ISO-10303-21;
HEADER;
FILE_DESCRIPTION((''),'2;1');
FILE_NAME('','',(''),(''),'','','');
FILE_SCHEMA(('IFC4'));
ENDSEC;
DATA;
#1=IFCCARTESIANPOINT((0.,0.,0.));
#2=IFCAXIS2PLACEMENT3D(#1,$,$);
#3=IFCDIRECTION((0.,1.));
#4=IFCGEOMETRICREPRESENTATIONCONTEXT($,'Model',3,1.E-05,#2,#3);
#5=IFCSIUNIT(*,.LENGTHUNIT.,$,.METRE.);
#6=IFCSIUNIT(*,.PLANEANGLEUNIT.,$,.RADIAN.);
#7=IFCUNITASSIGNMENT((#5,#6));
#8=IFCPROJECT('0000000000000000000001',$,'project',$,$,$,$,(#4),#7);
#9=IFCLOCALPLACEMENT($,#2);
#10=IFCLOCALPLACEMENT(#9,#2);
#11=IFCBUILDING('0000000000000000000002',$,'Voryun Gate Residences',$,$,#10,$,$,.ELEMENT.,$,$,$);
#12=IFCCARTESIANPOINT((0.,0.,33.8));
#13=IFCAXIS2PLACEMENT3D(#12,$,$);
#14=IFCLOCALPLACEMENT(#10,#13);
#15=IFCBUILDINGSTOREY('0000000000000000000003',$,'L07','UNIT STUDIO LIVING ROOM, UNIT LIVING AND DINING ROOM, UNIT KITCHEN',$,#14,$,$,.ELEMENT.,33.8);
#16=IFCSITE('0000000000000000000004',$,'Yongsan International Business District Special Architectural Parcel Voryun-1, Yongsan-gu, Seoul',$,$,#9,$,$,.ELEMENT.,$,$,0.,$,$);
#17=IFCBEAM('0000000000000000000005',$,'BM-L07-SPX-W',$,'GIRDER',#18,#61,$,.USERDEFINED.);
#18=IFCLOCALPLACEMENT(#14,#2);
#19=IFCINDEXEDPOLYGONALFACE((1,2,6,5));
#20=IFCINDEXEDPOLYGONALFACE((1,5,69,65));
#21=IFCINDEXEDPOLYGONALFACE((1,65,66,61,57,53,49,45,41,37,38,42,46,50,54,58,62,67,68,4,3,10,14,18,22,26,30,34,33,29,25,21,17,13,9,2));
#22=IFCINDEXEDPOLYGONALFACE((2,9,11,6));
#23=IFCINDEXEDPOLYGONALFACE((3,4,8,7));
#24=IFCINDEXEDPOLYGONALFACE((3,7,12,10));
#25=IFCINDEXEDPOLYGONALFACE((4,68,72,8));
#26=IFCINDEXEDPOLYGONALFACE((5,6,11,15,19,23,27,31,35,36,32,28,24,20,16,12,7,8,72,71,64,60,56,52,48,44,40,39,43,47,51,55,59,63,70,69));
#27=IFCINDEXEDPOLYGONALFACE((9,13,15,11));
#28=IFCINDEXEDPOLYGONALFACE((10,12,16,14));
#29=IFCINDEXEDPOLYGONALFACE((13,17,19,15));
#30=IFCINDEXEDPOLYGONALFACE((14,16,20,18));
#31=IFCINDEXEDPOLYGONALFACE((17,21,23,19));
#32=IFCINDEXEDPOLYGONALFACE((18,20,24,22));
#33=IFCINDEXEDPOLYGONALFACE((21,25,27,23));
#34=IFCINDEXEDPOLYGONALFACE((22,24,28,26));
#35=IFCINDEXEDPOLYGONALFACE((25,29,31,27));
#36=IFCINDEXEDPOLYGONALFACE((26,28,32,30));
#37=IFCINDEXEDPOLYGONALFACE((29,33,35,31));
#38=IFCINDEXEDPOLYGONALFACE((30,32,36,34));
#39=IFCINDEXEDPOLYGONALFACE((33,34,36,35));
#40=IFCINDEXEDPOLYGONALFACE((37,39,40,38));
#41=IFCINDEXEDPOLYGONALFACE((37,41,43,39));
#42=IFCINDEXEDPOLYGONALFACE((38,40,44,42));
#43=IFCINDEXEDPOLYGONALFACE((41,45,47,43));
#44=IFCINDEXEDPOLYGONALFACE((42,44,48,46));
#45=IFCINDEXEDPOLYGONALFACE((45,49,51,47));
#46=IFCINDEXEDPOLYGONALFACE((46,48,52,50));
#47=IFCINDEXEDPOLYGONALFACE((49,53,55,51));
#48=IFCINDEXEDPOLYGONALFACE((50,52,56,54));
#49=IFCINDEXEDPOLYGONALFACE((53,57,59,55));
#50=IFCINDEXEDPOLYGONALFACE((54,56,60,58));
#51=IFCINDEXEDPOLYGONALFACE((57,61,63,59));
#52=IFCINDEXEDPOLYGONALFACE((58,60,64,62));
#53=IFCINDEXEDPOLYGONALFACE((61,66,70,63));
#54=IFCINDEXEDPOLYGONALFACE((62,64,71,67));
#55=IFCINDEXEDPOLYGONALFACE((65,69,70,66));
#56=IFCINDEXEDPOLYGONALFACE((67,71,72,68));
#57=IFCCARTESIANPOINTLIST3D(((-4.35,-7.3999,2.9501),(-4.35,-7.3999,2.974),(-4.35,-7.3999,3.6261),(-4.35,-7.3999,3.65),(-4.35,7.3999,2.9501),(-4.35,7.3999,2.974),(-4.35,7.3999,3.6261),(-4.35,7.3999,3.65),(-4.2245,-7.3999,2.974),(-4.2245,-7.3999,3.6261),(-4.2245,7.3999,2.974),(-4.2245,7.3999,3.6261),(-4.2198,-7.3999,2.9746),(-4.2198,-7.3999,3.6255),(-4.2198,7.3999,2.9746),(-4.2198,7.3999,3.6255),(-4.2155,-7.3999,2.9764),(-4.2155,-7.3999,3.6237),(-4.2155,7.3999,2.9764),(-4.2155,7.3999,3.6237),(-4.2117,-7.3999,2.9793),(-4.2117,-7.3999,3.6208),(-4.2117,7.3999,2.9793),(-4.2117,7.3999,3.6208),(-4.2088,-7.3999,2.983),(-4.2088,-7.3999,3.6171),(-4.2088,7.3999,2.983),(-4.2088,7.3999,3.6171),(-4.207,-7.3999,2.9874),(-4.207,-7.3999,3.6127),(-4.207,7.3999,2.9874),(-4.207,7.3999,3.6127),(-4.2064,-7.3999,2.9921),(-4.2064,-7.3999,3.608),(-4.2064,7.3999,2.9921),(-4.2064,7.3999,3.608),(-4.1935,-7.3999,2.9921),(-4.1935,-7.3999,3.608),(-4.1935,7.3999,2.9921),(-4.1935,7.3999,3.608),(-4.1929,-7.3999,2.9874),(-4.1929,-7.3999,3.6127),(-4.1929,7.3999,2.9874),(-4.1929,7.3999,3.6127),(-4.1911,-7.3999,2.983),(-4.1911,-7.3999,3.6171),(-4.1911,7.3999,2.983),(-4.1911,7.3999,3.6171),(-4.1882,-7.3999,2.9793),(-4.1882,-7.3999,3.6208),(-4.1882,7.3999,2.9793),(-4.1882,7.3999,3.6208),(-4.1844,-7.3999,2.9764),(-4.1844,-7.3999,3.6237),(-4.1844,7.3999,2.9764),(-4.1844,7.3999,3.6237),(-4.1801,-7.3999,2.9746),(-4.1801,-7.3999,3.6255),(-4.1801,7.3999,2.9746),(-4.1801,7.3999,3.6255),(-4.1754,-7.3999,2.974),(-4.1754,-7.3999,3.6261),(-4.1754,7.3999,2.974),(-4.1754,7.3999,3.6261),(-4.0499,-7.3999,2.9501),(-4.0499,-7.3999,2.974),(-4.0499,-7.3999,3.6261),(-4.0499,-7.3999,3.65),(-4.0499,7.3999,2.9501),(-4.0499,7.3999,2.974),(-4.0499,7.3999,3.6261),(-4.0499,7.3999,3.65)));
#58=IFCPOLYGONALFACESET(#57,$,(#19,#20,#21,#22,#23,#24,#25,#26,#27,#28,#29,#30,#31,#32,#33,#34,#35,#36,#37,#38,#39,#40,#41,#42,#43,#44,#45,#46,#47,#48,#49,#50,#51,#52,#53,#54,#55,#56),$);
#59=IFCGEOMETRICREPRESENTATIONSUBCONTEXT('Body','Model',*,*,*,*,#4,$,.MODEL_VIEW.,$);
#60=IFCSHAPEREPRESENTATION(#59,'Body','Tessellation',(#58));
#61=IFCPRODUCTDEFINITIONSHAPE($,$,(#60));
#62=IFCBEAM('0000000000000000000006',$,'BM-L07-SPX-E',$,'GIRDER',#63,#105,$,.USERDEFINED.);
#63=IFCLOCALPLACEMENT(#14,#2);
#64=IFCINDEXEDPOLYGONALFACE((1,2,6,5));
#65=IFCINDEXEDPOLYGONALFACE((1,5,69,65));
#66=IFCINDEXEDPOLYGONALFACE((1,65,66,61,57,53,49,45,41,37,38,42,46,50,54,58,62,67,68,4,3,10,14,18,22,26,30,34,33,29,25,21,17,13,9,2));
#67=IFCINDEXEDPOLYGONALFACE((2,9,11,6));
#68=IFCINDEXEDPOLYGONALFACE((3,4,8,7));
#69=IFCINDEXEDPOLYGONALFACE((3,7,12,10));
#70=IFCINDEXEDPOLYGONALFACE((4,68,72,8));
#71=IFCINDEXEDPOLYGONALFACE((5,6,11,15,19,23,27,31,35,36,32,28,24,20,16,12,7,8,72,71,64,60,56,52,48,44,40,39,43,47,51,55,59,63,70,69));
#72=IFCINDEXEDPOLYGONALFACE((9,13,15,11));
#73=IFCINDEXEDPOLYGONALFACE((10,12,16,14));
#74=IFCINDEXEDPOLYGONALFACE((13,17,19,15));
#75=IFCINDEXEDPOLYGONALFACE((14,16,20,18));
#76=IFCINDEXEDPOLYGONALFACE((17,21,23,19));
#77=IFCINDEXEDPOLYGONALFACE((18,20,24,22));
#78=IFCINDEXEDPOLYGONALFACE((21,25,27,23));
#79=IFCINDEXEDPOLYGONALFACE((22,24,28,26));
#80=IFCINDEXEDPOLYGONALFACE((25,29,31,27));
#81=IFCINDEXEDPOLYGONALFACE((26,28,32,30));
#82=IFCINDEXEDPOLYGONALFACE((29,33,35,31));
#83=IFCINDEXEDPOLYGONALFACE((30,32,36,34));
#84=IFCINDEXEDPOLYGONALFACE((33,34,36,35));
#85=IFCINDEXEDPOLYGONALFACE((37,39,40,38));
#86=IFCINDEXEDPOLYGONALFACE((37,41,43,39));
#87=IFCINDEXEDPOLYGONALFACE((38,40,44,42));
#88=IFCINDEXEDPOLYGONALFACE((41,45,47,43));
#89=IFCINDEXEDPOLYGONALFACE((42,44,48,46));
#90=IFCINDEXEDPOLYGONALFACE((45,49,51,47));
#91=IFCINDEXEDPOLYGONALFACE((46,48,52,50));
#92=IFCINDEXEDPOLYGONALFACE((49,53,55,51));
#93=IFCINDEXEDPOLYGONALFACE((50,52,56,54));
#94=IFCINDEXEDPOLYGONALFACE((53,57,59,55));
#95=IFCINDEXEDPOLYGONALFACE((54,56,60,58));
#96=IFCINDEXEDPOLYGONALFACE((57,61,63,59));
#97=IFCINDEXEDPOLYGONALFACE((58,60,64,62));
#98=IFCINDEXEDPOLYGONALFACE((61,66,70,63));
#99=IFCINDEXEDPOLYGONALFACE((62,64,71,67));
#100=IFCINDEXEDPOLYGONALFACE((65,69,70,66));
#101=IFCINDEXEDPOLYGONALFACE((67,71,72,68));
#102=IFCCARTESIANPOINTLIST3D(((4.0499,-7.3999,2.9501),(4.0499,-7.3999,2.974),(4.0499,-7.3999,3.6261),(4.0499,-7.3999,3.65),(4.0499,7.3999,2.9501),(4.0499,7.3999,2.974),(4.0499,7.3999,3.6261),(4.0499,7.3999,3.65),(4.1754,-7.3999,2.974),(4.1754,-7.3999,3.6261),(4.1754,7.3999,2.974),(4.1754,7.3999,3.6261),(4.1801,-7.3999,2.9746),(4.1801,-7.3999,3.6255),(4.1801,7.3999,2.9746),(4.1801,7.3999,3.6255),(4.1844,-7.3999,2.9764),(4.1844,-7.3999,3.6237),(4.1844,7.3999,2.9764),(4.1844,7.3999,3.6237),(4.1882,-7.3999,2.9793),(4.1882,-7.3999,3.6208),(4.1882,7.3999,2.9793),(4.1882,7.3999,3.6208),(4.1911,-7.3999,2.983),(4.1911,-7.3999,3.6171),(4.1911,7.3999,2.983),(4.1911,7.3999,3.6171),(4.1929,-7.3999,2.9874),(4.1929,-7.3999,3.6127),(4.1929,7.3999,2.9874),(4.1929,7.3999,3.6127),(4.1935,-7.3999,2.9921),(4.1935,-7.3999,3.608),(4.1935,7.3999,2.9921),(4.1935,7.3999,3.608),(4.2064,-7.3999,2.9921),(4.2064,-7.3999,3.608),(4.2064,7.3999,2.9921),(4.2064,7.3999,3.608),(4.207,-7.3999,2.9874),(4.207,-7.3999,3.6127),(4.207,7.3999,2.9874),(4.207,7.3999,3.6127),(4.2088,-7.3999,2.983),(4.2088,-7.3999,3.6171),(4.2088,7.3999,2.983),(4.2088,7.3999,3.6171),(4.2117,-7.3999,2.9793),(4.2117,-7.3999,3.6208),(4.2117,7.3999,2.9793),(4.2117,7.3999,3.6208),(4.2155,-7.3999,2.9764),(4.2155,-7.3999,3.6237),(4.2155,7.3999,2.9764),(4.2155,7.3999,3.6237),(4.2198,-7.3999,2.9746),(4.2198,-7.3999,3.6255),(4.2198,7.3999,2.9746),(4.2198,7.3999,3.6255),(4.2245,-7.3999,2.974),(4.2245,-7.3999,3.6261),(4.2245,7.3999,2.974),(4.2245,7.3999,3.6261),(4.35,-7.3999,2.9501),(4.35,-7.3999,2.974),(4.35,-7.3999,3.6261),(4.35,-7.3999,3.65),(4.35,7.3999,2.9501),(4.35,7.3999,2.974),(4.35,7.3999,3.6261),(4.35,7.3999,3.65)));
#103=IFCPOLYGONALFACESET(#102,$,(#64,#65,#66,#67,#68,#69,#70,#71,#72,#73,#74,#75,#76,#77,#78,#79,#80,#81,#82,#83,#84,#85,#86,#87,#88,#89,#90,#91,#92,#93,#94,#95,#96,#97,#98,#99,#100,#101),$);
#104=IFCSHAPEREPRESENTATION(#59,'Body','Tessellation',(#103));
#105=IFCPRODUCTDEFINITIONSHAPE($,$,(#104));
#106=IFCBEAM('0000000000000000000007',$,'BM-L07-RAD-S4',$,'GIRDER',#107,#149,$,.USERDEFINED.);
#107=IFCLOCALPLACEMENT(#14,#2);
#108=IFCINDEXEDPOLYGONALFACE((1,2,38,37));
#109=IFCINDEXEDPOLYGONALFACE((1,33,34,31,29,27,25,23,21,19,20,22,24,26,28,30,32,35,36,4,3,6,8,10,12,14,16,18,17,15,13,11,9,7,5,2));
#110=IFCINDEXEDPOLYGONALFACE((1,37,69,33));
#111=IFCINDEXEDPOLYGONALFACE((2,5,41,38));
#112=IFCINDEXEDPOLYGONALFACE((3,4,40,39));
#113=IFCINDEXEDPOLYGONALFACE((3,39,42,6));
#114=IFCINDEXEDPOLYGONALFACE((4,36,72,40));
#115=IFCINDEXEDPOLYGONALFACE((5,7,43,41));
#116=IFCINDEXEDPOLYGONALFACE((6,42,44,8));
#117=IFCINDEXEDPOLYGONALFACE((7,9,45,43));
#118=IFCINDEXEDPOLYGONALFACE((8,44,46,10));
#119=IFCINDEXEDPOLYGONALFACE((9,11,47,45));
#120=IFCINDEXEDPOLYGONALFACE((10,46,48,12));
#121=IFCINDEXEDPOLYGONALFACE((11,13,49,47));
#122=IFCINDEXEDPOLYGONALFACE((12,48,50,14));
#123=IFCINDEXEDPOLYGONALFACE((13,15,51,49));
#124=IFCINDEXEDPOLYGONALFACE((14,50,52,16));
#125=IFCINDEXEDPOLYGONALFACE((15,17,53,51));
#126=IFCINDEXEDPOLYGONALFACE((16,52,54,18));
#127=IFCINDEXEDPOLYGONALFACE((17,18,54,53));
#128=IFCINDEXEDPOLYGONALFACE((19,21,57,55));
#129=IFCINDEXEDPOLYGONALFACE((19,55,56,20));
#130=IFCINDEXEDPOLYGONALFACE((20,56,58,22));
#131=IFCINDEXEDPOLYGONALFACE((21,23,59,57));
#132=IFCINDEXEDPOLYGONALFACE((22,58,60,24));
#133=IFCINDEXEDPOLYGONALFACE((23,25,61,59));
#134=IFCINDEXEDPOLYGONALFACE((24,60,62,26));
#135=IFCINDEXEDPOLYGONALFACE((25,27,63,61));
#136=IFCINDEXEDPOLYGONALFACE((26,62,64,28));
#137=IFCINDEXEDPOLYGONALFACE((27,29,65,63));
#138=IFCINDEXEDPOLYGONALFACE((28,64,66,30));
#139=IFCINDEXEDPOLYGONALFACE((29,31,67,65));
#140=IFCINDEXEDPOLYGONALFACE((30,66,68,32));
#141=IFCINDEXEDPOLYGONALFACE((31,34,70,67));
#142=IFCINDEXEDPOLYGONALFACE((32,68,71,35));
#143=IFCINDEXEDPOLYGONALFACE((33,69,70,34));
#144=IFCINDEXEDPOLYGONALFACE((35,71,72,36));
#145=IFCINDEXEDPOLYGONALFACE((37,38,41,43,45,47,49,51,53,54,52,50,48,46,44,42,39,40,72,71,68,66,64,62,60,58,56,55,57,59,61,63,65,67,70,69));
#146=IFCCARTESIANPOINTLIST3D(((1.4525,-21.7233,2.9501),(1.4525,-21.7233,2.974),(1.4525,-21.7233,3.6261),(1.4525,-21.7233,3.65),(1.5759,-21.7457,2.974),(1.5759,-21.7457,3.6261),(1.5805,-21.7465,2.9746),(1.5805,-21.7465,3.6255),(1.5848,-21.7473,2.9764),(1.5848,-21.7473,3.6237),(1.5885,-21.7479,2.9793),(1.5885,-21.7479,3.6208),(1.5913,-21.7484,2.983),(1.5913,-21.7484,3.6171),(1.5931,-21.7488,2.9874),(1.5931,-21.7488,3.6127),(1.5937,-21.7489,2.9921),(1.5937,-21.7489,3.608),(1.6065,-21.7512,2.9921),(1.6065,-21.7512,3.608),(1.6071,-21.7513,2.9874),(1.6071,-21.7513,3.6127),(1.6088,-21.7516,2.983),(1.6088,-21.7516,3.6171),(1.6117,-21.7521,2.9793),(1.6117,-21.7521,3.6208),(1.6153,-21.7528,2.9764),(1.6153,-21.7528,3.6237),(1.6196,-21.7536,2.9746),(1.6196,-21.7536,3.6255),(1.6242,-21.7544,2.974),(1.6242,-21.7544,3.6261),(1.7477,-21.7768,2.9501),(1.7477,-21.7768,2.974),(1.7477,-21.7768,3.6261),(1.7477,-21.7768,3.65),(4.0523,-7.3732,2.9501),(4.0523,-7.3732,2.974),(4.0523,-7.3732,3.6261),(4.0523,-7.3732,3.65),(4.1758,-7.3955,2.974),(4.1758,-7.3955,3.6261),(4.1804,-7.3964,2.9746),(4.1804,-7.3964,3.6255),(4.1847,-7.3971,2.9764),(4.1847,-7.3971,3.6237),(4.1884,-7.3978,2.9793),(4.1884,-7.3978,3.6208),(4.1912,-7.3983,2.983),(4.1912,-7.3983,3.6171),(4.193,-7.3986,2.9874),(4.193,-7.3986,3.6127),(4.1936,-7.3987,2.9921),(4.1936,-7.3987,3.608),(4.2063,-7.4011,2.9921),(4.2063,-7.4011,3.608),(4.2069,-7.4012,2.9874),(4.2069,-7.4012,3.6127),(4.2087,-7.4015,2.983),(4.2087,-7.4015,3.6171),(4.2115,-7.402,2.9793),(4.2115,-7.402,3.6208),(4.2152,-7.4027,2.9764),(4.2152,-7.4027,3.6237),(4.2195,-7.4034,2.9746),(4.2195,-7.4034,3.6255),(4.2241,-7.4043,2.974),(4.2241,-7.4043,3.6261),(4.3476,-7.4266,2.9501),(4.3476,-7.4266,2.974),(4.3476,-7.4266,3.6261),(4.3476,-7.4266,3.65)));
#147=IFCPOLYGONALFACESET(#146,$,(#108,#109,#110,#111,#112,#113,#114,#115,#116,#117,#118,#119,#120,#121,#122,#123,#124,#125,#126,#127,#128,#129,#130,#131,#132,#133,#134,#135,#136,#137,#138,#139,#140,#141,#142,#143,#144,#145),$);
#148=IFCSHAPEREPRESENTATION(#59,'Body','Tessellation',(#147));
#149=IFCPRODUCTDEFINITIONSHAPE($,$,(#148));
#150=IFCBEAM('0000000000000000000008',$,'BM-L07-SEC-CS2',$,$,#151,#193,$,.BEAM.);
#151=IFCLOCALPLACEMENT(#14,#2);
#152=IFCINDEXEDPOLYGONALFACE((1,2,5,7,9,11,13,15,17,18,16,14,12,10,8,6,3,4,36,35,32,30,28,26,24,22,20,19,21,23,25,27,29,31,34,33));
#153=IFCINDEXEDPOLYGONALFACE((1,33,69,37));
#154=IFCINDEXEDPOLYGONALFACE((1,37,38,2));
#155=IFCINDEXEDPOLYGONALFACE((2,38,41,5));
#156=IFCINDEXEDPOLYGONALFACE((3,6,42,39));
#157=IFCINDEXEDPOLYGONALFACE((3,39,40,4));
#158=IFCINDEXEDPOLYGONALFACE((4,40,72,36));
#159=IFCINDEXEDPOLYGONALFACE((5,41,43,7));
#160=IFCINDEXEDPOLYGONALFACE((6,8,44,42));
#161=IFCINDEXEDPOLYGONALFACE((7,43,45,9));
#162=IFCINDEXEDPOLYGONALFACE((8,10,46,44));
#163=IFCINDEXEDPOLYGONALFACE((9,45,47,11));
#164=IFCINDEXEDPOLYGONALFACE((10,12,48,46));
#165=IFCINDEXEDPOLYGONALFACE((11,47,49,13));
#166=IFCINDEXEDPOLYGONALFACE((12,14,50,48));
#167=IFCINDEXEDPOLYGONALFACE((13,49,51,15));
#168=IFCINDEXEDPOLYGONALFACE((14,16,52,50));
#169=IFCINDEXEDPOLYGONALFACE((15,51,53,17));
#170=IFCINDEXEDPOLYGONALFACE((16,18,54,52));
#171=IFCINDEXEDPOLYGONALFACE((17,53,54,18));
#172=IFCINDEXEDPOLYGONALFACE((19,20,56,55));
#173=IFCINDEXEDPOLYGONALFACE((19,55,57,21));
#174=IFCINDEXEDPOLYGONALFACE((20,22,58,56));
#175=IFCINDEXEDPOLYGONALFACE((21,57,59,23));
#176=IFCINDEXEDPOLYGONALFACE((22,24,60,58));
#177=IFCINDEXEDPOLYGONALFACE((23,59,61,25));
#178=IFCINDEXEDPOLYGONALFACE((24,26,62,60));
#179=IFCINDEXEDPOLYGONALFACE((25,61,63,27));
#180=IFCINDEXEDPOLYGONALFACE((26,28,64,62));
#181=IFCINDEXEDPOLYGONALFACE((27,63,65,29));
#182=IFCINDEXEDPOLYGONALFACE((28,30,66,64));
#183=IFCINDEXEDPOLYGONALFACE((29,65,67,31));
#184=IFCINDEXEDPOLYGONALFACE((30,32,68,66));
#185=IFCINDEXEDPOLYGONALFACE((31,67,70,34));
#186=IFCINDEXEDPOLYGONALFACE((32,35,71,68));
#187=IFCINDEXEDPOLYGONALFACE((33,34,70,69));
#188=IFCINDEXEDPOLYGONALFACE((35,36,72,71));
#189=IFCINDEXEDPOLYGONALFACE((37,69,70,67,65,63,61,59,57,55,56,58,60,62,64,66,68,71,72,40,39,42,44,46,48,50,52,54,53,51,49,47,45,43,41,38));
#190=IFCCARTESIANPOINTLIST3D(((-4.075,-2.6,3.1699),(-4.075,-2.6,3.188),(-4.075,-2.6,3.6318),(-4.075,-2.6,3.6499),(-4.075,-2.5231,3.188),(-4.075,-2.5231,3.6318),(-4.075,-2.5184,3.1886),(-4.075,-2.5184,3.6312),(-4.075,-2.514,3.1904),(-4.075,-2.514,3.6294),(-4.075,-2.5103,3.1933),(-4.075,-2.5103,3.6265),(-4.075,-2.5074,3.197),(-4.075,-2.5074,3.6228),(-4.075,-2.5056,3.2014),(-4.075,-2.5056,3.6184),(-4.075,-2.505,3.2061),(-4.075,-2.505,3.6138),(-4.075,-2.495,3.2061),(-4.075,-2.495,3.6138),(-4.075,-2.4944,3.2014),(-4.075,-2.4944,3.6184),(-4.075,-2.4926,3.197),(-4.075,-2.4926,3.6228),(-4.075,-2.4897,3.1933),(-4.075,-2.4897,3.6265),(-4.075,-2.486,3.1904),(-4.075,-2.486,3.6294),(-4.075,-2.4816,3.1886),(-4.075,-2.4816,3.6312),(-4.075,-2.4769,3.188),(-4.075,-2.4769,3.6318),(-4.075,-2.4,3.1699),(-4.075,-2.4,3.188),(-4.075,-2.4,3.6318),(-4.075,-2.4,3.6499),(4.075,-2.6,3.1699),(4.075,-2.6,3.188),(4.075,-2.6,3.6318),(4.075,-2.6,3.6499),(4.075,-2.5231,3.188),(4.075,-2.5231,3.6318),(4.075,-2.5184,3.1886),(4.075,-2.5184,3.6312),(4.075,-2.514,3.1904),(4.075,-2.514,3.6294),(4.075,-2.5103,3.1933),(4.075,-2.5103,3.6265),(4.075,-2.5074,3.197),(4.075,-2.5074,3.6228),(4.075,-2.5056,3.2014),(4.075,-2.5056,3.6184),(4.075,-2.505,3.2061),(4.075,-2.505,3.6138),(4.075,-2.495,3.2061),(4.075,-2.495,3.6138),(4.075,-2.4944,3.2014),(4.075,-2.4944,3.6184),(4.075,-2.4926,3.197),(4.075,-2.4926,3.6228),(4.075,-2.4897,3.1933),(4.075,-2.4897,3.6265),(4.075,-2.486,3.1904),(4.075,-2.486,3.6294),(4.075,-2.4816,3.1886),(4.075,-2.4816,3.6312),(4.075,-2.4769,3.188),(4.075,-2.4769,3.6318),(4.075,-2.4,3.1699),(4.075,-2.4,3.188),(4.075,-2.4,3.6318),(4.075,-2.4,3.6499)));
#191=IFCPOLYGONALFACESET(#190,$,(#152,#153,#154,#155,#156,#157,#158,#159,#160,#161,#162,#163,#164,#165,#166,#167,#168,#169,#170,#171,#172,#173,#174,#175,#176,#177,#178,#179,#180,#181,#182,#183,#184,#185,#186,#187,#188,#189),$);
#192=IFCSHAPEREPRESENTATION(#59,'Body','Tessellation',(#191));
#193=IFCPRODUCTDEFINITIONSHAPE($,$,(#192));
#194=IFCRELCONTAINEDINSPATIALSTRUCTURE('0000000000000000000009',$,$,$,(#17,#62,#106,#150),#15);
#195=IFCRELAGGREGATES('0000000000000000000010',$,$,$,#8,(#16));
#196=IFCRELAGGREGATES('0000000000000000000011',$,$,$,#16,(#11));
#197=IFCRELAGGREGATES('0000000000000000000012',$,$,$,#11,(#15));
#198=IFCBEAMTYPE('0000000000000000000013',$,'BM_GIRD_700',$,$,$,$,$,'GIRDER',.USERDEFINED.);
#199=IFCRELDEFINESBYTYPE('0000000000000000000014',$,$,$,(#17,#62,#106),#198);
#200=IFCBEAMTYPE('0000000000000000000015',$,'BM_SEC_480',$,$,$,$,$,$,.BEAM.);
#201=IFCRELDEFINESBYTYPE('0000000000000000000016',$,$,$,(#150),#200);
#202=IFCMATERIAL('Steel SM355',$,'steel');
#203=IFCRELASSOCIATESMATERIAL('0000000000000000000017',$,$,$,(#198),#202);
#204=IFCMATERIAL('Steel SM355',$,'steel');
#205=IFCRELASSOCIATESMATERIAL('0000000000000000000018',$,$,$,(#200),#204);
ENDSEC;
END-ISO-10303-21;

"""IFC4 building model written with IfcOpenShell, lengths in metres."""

from ifc_helpers import new_model, si_unit, direction, frame, origin, origin_2d, place, context, subcontext, project, spatial, i_section, extrude, material, material_profile, profile_set, type_object, element, save


model = new_model("IFC4")

# Units and contexts
model_context = context("Model", 3, precision=1e-05, world=origin(), true_north=direction((0.0, 1.0)))
body_context = subcontext(model_context, "Body", "Model", "MODEL_VIEW")
ifc_project = project(units=[si_unit("LENGTHUNIT", "METRE"), si_unit("PLANEANGLEUNIT", "RADIAN")], contexts=[model_context])

# Site, building, storey
site_placement = place(None, origin())
site = spatial("IfcSite", under=ifc_project, at=site_placement, Name="Yongsan International Business District Special Architectural Parcel Voryun-1, Yongsan-gu, Seoul", CompositionType="ELEMENT", RefElevation=0.0)
building_placement = place(site_placement, origin())
building = spatial("IfcBuilding", under=site, at=building_placement, Name="Voryun Gate Residences", CompositionType="ELEMENT")
storey_placement = place(building_placement, frame((0.0, 0.0, 33.8)))
storey = spatial("IfcBuildingStorey", under=building, at=storey_placement, Name="L07", Description="UNIT STUDIO LIVING ROOM, UNIT LIVING AND DINING ROOM, UNIT KITCHEN", CompositionType="ELEMENT", Elevation=33.8)

# Beams
ifc_material_1 = material(Name="Steel SM355", Category="steel")
ifc_material_profile_1 = material_profile(ifc_material_1, i_section(OverallWidth=0.3, OverallDepth=0.7, WebThickness=0.0129, FlangeThickness=0.0239, FilletRadius=0.0181, at=origin_2d()), Name="H-700x300x13x24")
ifc_profile_set_1 = profile_set([ifc_material_profile_1], Name="Steel SM355")
beam_type_1 = type_object("IfcBeamType", Name="BM_GIRD_700", ElementType="GIRDER", PredefinedType="USERDEFINED", material=ifc_profile_set_1)
for number, where, z_axis, x_axis, name in (
    (1, (-4.2, -7.3999, 3.3), (0.0, 1.0, 0.0), (-1.0, 0.0, 0.0), "BM-L07-SPX-W"),
    (2, (4.2, -7.3999, 3.3), (0.0, 1.0, 0.0), (-1.0, 0.0, 0.0), "BM-L07-SPX-E"),
):
    element("IfcBeam", number, at=place(storey_placement, frame(where, z_axis=z_axis, x_axis=x_axis)), inside=storey, type_object=beam_type_1, Name=name, ObjectType="GIRDER", PredefinedType="USERDEFINED", context=body_context, shape_type="SweptSolid", body=[
        extrude(i_section(OverallWidth=0.3, OverallDepth=0.7, WebThickness=0.0129, FlangeThickness=0.0239, FilletRadius=0.0181, at=origin_2d()), origin(), (0.0, 0.0, 1.0), 14.7998),
    ])
beam_1_placement = place(storey_placement, frame((4.2, -7.3999, 3.3), z_axis=(-0.178271, -0.983981, 0.0), x_axis=(0.983981, -0.178271, 0.0)))
element("IfcBeam", 3, at=beam_1_placement, inside=storey, type_object=beam_type_1, Name="BM-L07-RAD-S4", ObjectType="GIRDER", PredefinedType="USERDEFINED", context=body_context, shape_type="SweptSolid", body=[
    extrude(i_section(OverallWidth=0.3, OverallDepth=0.7, WebThickness=0.0129, FlangeThickness=0.0239, FilletRadius=0.0181, at=origin_2d()), origin(), (0.0, 0.0, 1.0), 14.5837),
])
ifc_material_2 = material(Name="Steel SM355", Category="steel")
ifc_material_profile_2 = material_profile(ifc_material_2, i_section(OverallWidth=0.2, OverallDepth=0.48, WebThickness=0.01, FlangeThickness=0.0181, FilletRadius=0.0181, at=origin_2d()), Name="H-480x200x10x18")
ifc_profile_set_2 = profile_set([ifc_material_profile_2], Name="Steel SM355")
beam_type_2 = type_object("IfcBeamType", Name="BM_SEC_480", PredefinedType="BEAM", material=ifc_profile_set_2)
beam_2_placement = place(storey_placement, frame((-4.075, -2.5, 3.4099), z_axis=(1.0, 0.0, 0.0), x_axis=(0.0, 1.0, 0.0)))
element("IfcBeam", 4, at=beam_2_placement, inside=storey, type_object=beam_type_2, Name="BM-L07-SEC-CS2", PredefinedType="BEAM", context=body_context, shape_type="SweptSolid", body=[
    extrude(i_section(OverallWidth=0.2, OverallDepth=0.48, WebThickness=0.01, FlangeThickness=0.0181, FilletRadius=0.0181, at=origin_2d()), origin(), (0.0, 0.0, 1.0), 8.1499),
])

save(model, "model.ifc")
